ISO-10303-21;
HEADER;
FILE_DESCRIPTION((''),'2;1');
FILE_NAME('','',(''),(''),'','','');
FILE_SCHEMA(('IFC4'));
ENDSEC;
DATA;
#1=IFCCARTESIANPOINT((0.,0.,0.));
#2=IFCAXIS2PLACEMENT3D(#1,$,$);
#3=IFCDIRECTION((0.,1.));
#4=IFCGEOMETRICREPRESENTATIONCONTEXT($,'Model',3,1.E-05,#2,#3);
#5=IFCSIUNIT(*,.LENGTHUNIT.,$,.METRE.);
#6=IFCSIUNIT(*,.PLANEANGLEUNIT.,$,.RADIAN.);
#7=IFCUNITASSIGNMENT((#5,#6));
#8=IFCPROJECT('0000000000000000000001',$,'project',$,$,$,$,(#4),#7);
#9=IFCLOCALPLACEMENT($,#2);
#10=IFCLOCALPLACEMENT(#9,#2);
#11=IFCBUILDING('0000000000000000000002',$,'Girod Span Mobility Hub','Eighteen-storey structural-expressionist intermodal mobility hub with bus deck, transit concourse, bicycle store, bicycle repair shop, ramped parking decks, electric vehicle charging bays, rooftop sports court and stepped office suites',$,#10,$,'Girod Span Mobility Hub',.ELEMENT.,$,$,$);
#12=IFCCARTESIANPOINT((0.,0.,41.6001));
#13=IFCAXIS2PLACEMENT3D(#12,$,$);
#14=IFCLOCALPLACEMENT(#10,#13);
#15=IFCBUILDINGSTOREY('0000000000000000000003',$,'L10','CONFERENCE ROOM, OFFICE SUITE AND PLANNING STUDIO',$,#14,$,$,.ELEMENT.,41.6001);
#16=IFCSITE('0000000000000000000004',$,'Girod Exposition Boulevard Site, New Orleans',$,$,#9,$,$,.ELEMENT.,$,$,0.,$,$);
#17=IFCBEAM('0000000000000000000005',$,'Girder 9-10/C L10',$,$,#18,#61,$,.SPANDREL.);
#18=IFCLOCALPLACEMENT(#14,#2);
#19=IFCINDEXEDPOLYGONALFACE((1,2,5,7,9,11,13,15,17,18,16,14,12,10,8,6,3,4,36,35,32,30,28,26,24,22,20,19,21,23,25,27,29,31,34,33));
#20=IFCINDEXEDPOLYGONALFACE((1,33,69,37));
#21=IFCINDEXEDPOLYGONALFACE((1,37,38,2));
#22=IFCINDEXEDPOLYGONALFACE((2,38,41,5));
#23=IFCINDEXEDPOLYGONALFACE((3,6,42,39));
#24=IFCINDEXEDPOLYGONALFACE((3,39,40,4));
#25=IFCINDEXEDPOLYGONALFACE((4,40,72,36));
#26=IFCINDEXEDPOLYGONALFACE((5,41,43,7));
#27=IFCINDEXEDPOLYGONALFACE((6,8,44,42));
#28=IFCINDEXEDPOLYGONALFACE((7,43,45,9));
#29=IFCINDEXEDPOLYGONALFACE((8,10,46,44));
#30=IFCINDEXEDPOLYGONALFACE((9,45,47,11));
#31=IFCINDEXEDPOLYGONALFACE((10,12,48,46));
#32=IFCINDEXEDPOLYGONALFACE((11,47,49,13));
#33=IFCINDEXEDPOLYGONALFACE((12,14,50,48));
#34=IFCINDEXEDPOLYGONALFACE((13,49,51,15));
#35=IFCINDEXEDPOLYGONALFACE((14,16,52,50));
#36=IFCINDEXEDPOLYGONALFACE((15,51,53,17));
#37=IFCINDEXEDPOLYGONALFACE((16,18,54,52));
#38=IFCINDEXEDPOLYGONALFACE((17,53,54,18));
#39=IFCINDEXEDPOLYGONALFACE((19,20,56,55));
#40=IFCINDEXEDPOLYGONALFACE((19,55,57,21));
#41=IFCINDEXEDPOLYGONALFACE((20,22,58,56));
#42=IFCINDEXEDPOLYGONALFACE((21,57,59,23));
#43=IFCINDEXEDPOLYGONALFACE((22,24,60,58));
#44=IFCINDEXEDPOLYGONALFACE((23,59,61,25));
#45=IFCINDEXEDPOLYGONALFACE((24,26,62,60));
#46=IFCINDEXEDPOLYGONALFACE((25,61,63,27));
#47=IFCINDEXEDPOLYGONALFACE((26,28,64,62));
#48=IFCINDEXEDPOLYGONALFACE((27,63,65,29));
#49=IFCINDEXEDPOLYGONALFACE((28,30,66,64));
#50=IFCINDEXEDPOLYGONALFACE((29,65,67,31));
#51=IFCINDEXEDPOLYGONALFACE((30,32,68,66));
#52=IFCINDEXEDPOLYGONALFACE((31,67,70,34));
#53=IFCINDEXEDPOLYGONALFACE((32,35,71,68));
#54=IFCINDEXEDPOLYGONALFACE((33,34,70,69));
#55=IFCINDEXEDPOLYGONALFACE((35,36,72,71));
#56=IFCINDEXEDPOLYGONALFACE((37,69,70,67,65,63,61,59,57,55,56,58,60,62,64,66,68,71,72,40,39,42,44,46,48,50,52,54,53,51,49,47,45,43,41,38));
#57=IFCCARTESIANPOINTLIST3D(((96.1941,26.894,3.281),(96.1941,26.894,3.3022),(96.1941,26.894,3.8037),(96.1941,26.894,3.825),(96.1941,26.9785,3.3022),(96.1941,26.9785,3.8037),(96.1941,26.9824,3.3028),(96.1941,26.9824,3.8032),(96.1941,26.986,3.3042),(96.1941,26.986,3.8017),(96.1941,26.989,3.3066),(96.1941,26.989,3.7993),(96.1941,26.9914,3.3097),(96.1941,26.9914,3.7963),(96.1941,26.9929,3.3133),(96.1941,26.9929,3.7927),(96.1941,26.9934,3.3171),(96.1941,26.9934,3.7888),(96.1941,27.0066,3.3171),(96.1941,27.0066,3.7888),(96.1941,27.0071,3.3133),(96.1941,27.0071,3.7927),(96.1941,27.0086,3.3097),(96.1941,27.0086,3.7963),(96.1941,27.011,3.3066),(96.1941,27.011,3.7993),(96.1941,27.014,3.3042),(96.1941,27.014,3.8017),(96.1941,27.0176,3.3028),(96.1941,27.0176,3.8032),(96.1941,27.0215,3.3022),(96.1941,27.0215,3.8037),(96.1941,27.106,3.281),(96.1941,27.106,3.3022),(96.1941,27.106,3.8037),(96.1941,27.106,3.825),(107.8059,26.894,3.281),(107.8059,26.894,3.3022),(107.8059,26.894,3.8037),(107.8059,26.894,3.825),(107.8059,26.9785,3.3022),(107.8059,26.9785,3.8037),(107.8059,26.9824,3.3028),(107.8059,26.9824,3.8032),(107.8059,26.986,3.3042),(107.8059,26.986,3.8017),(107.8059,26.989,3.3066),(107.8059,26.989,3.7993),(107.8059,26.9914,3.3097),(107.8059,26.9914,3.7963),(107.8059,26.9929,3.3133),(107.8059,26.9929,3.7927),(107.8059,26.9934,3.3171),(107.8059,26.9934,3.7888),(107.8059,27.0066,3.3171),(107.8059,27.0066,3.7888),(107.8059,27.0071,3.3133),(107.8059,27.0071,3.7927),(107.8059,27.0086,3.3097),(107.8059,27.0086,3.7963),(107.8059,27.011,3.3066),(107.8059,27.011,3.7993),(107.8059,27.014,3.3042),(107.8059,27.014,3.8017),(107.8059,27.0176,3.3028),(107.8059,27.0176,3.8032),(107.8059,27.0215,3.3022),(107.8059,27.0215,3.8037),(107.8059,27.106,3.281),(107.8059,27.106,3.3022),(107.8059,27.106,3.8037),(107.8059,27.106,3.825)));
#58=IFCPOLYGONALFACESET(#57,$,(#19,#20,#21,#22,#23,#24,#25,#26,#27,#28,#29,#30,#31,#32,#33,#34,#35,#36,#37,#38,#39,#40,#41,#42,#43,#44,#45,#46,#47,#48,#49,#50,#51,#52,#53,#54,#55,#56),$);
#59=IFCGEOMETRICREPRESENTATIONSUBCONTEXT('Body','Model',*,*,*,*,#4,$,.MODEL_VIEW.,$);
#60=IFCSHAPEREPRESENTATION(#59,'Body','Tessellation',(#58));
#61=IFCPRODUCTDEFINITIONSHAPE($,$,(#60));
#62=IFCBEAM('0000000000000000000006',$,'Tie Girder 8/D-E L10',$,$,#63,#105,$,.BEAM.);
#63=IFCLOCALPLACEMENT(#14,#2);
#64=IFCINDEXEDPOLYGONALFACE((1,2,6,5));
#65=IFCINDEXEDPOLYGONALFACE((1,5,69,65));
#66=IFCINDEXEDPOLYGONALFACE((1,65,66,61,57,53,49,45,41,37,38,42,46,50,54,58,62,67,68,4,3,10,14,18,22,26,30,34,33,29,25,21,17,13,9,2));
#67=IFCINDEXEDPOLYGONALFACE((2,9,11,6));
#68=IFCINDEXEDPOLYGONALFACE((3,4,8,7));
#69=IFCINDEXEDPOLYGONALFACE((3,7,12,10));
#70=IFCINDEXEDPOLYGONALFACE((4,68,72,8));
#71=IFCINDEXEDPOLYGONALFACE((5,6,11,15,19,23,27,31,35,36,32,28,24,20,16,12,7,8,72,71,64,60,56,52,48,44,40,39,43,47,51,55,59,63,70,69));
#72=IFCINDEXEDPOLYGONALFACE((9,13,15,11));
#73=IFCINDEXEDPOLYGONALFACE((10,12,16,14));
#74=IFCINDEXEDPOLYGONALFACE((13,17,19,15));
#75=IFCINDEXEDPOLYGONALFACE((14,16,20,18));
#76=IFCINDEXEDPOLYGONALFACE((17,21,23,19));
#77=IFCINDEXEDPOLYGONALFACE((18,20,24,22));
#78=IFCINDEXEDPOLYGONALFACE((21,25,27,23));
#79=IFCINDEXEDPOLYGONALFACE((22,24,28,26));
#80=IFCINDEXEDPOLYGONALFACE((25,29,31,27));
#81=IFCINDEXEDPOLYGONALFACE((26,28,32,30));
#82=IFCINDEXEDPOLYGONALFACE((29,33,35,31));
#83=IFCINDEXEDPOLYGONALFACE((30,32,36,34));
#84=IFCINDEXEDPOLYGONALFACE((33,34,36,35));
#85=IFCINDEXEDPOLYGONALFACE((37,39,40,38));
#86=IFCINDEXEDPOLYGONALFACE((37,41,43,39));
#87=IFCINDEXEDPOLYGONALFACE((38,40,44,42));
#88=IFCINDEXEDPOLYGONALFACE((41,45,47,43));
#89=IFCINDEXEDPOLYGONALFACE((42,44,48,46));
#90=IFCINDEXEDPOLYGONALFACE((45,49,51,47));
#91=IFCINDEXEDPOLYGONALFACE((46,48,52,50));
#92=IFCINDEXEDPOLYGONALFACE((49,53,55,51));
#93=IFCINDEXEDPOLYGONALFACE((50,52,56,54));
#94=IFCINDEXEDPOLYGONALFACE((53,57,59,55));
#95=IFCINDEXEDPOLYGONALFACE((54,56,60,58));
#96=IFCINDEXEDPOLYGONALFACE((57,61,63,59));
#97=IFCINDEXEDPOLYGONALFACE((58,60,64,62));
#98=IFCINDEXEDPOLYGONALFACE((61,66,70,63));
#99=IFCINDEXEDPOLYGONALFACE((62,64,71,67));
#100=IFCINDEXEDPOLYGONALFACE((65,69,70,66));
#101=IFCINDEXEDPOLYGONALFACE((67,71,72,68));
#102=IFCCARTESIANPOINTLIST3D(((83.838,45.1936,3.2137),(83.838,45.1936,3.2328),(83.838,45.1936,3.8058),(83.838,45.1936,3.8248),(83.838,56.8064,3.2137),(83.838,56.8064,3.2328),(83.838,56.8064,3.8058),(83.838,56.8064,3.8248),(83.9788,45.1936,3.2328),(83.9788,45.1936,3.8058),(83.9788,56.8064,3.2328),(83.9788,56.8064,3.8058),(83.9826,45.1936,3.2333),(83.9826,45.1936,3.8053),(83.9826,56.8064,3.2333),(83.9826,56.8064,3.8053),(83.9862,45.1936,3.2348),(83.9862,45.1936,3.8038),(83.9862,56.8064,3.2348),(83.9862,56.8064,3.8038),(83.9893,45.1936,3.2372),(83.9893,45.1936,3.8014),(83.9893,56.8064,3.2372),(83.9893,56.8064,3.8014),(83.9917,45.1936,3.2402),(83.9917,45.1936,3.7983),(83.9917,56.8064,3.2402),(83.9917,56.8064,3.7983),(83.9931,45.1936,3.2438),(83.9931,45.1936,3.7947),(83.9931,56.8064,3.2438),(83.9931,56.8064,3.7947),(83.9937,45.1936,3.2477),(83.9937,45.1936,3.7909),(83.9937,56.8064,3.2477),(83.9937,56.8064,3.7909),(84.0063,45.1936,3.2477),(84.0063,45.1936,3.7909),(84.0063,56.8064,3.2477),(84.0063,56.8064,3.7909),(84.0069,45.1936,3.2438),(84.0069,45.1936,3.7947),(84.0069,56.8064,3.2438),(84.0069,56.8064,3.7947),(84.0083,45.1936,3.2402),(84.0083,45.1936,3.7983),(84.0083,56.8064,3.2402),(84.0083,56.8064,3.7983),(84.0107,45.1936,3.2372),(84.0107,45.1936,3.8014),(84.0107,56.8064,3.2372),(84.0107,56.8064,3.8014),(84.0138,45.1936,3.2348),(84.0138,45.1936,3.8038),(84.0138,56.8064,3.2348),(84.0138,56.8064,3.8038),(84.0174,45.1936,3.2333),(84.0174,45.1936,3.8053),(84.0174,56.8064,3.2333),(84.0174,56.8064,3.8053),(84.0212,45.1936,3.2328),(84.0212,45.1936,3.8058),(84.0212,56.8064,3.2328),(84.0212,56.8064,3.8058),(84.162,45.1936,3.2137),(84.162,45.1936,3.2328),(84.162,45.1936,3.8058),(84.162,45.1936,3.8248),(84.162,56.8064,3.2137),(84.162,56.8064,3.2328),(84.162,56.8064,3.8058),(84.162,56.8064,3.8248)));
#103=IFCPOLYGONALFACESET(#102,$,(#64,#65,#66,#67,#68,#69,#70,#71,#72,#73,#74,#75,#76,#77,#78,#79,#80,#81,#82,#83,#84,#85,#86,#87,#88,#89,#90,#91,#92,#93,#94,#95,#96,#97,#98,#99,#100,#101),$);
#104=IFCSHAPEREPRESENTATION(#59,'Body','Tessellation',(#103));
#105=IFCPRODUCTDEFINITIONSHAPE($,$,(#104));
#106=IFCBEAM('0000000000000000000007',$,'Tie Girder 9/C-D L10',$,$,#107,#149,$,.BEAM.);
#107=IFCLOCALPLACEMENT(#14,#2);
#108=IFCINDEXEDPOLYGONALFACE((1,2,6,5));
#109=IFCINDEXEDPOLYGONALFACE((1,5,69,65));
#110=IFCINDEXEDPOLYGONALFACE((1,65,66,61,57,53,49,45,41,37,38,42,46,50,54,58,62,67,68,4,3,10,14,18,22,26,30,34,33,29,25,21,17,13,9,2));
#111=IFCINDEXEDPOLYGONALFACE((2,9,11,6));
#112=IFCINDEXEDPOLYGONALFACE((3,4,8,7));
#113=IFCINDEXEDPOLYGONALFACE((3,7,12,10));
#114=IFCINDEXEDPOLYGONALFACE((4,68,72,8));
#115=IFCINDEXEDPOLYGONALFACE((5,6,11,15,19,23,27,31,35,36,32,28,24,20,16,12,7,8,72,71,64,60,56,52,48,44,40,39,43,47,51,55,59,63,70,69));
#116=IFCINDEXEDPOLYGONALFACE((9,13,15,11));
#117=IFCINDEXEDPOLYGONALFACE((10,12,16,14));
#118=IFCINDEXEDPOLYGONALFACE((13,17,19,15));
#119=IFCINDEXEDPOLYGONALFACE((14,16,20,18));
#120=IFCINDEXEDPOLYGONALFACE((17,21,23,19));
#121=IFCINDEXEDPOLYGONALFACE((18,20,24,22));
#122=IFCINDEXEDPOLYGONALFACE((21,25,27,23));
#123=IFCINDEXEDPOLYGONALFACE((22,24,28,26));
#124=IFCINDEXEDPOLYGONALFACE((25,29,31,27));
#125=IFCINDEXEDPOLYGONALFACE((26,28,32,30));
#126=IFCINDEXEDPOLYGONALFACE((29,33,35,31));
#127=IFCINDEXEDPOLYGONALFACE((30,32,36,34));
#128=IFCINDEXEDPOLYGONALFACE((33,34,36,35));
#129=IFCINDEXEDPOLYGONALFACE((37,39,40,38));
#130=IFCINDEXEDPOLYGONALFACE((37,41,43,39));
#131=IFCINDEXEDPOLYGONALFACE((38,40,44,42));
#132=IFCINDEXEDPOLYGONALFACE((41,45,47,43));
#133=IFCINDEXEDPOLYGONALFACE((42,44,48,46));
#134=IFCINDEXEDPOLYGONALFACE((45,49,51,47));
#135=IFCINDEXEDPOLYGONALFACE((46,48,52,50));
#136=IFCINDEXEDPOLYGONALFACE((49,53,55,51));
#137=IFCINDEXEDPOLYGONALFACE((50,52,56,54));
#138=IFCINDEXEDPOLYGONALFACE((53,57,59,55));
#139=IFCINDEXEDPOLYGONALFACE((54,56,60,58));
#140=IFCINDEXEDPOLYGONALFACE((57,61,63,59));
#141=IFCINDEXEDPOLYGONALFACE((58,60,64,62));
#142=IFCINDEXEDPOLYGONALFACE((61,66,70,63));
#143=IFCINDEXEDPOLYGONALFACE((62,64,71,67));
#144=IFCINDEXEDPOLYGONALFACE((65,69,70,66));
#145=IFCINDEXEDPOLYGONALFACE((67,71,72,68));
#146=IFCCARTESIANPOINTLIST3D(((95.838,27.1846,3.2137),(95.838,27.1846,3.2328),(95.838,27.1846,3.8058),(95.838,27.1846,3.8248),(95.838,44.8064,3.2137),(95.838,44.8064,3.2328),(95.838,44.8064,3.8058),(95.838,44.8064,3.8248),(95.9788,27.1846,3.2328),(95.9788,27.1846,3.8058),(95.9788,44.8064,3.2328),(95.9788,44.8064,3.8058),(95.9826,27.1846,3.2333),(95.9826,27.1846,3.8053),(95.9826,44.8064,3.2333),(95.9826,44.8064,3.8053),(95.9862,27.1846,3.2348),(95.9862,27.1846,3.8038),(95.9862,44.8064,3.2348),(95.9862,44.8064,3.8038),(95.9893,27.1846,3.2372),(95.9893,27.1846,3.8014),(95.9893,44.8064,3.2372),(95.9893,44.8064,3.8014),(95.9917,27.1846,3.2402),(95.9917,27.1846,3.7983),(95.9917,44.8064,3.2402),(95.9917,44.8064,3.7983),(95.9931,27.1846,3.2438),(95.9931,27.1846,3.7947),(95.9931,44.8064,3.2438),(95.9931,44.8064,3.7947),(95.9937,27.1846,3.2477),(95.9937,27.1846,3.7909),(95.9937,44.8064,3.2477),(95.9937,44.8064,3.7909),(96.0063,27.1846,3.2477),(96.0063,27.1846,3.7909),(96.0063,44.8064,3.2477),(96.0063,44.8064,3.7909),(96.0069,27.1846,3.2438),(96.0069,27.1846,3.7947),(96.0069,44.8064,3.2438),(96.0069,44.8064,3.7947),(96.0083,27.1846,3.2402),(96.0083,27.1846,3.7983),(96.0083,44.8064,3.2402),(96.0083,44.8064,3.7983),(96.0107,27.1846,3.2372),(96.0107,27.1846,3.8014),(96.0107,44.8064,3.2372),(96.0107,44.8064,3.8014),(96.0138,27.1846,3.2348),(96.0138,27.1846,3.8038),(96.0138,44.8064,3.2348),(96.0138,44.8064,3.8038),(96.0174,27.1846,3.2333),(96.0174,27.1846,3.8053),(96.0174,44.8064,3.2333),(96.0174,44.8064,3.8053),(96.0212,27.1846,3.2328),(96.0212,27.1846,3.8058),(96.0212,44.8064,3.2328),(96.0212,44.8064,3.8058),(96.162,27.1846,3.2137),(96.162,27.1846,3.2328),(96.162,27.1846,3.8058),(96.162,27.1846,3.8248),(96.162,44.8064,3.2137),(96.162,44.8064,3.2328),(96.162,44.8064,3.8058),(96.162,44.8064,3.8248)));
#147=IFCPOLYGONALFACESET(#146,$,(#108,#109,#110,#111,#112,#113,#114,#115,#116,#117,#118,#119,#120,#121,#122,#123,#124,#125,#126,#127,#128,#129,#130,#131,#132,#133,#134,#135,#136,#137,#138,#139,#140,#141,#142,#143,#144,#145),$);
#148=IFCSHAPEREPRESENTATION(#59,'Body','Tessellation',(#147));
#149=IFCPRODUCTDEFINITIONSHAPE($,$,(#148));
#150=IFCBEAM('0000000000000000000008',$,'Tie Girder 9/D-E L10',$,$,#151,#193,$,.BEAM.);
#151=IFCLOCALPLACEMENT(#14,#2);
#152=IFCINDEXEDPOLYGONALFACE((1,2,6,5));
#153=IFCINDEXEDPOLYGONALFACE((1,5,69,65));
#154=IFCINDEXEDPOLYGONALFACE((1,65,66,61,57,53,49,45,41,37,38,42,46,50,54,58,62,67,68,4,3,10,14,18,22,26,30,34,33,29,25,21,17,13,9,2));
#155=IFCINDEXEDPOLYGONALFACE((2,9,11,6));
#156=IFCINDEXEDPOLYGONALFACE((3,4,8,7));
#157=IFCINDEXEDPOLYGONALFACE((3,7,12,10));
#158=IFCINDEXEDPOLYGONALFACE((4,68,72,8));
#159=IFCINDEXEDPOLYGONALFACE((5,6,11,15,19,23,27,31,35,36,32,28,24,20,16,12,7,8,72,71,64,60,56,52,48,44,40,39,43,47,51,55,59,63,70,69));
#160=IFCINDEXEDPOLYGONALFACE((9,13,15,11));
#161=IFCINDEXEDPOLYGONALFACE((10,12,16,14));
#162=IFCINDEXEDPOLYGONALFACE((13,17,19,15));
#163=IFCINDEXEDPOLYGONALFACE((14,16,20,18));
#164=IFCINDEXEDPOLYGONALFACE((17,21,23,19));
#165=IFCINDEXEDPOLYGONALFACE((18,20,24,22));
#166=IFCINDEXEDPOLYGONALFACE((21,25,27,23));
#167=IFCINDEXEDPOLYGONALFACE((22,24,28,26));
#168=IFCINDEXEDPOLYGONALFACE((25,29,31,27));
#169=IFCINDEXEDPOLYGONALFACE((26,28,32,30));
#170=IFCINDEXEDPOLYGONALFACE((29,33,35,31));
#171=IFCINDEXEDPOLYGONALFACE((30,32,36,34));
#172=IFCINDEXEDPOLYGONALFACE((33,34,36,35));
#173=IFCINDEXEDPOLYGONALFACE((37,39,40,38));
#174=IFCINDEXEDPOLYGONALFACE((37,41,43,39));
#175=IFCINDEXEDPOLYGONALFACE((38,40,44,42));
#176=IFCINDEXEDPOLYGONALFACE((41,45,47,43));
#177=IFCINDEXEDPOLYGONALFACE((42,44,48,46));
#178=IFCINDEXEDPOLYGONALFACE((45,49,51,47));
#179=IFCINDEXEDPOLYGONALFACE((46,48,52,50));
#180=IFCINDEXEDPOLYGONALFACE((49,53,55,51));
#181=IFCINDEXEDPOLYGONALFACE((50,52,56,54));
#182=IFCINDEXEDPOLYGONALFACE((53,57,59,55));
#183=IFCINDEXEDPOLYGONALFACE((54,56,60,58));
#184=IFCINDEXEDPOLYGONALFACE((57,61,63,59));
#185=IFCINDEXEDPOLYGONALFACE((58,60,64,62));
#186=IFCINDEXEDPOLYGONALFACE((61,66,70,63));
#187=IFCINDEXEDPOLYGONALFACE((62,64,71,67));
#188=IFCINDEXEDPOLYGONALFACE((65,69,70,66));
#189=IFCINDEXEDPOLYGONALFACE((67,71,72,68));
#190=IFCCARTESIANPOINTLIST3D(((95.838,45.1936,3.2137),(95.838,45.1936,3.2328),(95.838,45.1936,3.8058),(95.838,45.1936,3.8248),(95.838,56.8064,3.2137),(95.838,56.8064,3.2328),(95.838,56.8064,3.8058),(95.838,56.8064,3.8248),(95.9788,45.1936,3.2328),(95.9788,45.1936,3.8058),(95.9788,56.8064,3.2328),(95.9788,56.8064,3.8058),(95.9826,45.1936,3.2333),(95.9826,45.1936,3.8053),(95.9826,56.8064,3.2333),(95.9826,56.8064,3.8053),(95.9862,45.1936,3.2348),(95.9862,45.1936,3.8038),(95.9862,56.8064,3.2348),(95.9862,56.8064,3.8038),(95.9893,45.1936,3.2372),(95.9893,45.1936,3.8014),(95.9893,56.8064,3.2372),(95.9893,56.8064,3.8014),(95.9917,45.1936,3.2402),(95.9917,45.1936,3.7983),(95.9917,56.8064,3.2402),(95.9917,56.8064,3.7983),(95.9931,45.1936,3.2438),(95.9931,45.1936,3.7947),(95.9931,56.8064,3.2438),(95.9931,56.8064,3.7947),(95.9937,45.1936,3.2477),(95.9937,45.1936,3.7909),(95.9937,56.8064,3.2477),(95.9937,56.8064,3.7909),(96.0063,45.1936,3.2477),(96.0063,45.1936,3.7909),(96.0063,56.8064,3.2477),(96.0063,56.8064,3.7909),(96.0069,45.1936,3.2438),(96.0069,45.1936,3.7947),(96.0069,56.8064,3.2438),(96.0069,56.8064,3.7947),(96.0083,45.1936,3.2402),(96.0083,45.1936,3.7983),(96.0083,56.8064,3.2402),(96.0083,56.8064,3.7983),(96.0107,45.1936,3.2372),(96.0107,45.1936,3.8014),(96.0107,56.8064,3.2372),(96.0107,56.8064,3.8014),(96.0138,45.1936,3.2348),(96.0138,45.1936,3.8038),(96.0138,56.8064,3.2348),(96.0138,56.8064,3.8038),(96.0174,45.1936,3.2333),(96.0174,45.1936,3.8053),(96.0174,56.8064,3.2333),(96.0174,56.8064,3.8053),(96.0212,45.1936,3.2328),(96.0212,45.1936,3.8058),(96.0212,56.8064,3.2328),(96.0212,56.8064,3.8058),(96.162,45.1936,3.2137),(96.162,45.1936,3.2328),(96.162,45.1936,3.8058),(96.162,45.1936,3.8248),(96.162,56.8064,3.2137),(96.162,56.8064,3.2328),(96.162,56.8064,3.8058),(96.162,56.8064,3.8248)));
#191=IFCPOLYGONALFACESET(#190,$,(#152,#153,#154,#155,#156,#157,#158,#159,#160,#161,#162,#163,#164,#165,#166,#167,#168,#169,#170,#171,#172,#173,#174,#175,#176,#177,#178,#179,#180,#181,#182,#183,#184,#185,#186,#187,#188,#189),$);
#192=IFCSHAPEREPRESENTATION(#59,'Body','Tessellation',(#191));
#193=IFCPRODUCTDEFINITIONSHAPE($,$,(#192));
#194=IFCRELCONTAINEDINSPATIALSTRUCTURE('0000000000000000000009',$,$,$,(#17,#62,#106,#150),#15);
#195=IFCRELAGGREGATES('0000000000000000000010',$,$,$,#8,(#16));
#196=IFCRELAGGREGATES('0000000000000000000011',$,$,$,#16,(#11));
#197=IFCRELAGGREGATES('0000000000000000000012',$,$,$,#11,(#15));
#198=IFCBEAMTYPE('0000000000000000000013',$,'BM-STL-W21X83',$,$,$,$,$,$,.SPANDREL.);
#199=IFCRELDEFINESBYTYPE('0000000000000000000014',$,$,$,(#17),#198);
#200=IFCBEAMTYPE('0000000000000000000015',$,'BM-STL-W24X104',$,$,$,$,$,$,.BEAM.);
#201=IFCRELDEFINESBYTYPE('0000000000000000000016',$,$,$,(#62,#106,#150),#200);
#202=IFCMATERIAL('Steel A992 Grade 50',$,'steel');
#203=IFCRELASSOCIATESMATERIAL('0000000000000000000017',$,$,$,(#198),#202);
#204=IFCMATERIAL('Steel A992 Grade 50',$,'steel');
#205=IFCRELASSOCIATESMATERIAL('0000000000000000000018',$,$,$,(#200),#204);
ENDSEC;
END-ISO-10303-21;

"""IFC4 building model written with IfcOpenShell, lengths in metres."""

from ifc_helpers import new_model, si_unit, direction, frame, origin, origin_2d, place, context, subcontext, project, spatial, i_section, extrude, material, material_profile, profile_set, type_object, element, save


model = new_model("IFC4")

# Units and contexts
model_context = context("Model", 3, precision=1e-05, world=origin(), true_north=direction((0.0, 1.0)))
body_context = subcontext(model_context, "Body", "Model", "MODEL_VIEW")
ifc_project = project(units=[si_unit("LENGTHUNIT", "METRE"), si_unit("PLANEANGLEUNIT", "RADIAN")], contexts=[model_context])

# Site, building, storey
site_placement = place(None, origin())
site = spatial("IfcSite", under=ifc_project, at=site_placement, Name="Girod Exposition Boulevard Site, New Orleans", CompositionType="ELEMENT", RefElevation=0.0)
building_placement = place(site_placement, origin())
building = spatial("IfcBuilding", under=site, at=building_placement, Name="Girod Span Mobility Hub", Description="Eighteen-storey structural-expressionist intermodal mobility hub with bus deck, transit concourse, bicycle store, bicycle repair shop, ramped parking decks, electric vehicle charging bays, rooftop sports court and stepped office suites", LongName="Girod Span Mobility Hub", CompositionType="ELEMENT")
storey_placement = place(building_placement, frame((0.0, 0.0, 41.6001)))
storey = spatial("IfcBuildingStorey", under=building, at=storey_placement, Name="L10", Description="CONFERENCE ROOM, OFFICE SUITE AND PLANNING STUDIO", CompositionType="ELEMENT", Elevation=41.6001)

# Beams
ifc_material_1 = material(Name="Steel A992 Grade 50", Category="steel")
ifc_material_profile_1 = material_profile(ifc_material_1, i_section(OverallWidth=0.2119, OverallDepth=0.5439, WebThickness=0.0132, FlangeThickness=0.0212, FilletRadius=0.0149, at=origin_2d()), Name="W21X83")
ifc_profile_set_1 = profile_set([ifc_material_profile_1], Name="Steel A992 Grade 50")
beam_type_1 = type_object("IfcBeamType", Name="BM-STL-W21X83", PredefinedType="SPANDREL", material=ifc_profile_set_1)
for number, where, z_axis, x_axis, name in (
    (1, (96.1941, 27.0, 3.553), (1.0, 0.0, 0.0), (0.0, 1.0, 0.0), "Girder 9-10/C L10"),
):
    element("IfcBeam", number, at=place(storey_placement, frame(where, z_axis=z_axis, x_axis=x_axis)), inside=storey, type_object=beam_type_1, Name=name, PredefinedType="SPANDREL", context=body_context, shape_type="SweptSolid", body=[
        extrude(i_section(OverallWidth=0.2119, OverallDepth=0.5439, WebThickness=0.0132, FlangeThickness=0.0212, FilletRadius=0.0149, at=origin_2d()), origin(), (0.0, 0.0, 1.0), 11.6118),
    ])
ifc_material_2 = material(Name="Steel A992 Grade 50", Category="steel")
ifc_material_profile_2 = material_profile(ifc_material_2, i_section(OverallWidth=0.324, OverallDepth=0.6111, WebThickness=0.0127, FlangeThickness=0.019, FilletRadius=0.0149, at=origin_2d()), Name="W24X104")
ifc_profile_set_2 = profile_set([ifc_material_profile_2], Name="Steel A992 Grade 50")
beam_type_2 = type_object("IfcBeamType", Name="BM-STL-W24X104", PredefinedType="BEAM", material=ifc_profile_set_2)
beam_1_placement = place(storey_placement, frame((84.0, 45.1936, 3.5193), z_axis=(0.0, 1.0, 0.0), x_axis=(-1.0, 0.0, 0.0)))
element("IfcBeam", 2, at=beam_1_placement, inside=storey, type_object=beam_type_2, Name="Tie Girder 8/D-E L10", PredefinedType="BEAM", context=body_context, shape_type="SweptSolid", body=[
    extrude(i_section(OverallWidth=0.324, OverallDepth=0.6111, WebThickness=0.0127, FlangeThickness=0.019, FilletRadius=0.0149, at=origin_2d()), origin(), (0.0, 0.0, 1.0), 11.6128),
])
beam_2_placement = place(storey_placement, frame((96.0, 27.1846, 3.5193), z_axis=(0.0, 1.0, 0.0), x_axis=(-1.0, 0.0, 0.0)))
element("IfcBeam", 3, at=beam_2_placement, inside=storey, type_object=beam_type_2, Name="Tie Girder 9/C-D L10", PredefinedType="BEAM", context=body_context, shape_type="SweptSolid", body=[
    extrude(i_section(OverallWidth=0.324, OverallDepth=0.6111, WebThickness=0.0127, FlangeThickness=0.019, FilletRadius=0.0149, at=origin_2d()), origin(), (0.0, 0.0, 1.0), 17.6218),
])
beam_3_placement = place(storey_placement, frame((96.0, 45.1936, 3.5193), z_axis=(0.0, 1.0, 0.0), x_axis=(-1.0, 0.0, 0.0)))
element("IfcBeam", 4, at=beam_3_placement, inside=storey, type_object=beam_type_2, Name="Tie Girder 9/D-E L10", PredefinedType="BEAM", context=body_context, shape_type="SweptSolid", body=[
    extrude(i_section(OverallWidth=0.324, OverallDepth=0.6111, WebThickness=0.0127, FlangeThickness=0.019, FilletRadius=0.0149, at=origin_2d()), origin(), (0.0, 0.0, 1.0), 11.6128),
])

save(model, "model.ifc")
